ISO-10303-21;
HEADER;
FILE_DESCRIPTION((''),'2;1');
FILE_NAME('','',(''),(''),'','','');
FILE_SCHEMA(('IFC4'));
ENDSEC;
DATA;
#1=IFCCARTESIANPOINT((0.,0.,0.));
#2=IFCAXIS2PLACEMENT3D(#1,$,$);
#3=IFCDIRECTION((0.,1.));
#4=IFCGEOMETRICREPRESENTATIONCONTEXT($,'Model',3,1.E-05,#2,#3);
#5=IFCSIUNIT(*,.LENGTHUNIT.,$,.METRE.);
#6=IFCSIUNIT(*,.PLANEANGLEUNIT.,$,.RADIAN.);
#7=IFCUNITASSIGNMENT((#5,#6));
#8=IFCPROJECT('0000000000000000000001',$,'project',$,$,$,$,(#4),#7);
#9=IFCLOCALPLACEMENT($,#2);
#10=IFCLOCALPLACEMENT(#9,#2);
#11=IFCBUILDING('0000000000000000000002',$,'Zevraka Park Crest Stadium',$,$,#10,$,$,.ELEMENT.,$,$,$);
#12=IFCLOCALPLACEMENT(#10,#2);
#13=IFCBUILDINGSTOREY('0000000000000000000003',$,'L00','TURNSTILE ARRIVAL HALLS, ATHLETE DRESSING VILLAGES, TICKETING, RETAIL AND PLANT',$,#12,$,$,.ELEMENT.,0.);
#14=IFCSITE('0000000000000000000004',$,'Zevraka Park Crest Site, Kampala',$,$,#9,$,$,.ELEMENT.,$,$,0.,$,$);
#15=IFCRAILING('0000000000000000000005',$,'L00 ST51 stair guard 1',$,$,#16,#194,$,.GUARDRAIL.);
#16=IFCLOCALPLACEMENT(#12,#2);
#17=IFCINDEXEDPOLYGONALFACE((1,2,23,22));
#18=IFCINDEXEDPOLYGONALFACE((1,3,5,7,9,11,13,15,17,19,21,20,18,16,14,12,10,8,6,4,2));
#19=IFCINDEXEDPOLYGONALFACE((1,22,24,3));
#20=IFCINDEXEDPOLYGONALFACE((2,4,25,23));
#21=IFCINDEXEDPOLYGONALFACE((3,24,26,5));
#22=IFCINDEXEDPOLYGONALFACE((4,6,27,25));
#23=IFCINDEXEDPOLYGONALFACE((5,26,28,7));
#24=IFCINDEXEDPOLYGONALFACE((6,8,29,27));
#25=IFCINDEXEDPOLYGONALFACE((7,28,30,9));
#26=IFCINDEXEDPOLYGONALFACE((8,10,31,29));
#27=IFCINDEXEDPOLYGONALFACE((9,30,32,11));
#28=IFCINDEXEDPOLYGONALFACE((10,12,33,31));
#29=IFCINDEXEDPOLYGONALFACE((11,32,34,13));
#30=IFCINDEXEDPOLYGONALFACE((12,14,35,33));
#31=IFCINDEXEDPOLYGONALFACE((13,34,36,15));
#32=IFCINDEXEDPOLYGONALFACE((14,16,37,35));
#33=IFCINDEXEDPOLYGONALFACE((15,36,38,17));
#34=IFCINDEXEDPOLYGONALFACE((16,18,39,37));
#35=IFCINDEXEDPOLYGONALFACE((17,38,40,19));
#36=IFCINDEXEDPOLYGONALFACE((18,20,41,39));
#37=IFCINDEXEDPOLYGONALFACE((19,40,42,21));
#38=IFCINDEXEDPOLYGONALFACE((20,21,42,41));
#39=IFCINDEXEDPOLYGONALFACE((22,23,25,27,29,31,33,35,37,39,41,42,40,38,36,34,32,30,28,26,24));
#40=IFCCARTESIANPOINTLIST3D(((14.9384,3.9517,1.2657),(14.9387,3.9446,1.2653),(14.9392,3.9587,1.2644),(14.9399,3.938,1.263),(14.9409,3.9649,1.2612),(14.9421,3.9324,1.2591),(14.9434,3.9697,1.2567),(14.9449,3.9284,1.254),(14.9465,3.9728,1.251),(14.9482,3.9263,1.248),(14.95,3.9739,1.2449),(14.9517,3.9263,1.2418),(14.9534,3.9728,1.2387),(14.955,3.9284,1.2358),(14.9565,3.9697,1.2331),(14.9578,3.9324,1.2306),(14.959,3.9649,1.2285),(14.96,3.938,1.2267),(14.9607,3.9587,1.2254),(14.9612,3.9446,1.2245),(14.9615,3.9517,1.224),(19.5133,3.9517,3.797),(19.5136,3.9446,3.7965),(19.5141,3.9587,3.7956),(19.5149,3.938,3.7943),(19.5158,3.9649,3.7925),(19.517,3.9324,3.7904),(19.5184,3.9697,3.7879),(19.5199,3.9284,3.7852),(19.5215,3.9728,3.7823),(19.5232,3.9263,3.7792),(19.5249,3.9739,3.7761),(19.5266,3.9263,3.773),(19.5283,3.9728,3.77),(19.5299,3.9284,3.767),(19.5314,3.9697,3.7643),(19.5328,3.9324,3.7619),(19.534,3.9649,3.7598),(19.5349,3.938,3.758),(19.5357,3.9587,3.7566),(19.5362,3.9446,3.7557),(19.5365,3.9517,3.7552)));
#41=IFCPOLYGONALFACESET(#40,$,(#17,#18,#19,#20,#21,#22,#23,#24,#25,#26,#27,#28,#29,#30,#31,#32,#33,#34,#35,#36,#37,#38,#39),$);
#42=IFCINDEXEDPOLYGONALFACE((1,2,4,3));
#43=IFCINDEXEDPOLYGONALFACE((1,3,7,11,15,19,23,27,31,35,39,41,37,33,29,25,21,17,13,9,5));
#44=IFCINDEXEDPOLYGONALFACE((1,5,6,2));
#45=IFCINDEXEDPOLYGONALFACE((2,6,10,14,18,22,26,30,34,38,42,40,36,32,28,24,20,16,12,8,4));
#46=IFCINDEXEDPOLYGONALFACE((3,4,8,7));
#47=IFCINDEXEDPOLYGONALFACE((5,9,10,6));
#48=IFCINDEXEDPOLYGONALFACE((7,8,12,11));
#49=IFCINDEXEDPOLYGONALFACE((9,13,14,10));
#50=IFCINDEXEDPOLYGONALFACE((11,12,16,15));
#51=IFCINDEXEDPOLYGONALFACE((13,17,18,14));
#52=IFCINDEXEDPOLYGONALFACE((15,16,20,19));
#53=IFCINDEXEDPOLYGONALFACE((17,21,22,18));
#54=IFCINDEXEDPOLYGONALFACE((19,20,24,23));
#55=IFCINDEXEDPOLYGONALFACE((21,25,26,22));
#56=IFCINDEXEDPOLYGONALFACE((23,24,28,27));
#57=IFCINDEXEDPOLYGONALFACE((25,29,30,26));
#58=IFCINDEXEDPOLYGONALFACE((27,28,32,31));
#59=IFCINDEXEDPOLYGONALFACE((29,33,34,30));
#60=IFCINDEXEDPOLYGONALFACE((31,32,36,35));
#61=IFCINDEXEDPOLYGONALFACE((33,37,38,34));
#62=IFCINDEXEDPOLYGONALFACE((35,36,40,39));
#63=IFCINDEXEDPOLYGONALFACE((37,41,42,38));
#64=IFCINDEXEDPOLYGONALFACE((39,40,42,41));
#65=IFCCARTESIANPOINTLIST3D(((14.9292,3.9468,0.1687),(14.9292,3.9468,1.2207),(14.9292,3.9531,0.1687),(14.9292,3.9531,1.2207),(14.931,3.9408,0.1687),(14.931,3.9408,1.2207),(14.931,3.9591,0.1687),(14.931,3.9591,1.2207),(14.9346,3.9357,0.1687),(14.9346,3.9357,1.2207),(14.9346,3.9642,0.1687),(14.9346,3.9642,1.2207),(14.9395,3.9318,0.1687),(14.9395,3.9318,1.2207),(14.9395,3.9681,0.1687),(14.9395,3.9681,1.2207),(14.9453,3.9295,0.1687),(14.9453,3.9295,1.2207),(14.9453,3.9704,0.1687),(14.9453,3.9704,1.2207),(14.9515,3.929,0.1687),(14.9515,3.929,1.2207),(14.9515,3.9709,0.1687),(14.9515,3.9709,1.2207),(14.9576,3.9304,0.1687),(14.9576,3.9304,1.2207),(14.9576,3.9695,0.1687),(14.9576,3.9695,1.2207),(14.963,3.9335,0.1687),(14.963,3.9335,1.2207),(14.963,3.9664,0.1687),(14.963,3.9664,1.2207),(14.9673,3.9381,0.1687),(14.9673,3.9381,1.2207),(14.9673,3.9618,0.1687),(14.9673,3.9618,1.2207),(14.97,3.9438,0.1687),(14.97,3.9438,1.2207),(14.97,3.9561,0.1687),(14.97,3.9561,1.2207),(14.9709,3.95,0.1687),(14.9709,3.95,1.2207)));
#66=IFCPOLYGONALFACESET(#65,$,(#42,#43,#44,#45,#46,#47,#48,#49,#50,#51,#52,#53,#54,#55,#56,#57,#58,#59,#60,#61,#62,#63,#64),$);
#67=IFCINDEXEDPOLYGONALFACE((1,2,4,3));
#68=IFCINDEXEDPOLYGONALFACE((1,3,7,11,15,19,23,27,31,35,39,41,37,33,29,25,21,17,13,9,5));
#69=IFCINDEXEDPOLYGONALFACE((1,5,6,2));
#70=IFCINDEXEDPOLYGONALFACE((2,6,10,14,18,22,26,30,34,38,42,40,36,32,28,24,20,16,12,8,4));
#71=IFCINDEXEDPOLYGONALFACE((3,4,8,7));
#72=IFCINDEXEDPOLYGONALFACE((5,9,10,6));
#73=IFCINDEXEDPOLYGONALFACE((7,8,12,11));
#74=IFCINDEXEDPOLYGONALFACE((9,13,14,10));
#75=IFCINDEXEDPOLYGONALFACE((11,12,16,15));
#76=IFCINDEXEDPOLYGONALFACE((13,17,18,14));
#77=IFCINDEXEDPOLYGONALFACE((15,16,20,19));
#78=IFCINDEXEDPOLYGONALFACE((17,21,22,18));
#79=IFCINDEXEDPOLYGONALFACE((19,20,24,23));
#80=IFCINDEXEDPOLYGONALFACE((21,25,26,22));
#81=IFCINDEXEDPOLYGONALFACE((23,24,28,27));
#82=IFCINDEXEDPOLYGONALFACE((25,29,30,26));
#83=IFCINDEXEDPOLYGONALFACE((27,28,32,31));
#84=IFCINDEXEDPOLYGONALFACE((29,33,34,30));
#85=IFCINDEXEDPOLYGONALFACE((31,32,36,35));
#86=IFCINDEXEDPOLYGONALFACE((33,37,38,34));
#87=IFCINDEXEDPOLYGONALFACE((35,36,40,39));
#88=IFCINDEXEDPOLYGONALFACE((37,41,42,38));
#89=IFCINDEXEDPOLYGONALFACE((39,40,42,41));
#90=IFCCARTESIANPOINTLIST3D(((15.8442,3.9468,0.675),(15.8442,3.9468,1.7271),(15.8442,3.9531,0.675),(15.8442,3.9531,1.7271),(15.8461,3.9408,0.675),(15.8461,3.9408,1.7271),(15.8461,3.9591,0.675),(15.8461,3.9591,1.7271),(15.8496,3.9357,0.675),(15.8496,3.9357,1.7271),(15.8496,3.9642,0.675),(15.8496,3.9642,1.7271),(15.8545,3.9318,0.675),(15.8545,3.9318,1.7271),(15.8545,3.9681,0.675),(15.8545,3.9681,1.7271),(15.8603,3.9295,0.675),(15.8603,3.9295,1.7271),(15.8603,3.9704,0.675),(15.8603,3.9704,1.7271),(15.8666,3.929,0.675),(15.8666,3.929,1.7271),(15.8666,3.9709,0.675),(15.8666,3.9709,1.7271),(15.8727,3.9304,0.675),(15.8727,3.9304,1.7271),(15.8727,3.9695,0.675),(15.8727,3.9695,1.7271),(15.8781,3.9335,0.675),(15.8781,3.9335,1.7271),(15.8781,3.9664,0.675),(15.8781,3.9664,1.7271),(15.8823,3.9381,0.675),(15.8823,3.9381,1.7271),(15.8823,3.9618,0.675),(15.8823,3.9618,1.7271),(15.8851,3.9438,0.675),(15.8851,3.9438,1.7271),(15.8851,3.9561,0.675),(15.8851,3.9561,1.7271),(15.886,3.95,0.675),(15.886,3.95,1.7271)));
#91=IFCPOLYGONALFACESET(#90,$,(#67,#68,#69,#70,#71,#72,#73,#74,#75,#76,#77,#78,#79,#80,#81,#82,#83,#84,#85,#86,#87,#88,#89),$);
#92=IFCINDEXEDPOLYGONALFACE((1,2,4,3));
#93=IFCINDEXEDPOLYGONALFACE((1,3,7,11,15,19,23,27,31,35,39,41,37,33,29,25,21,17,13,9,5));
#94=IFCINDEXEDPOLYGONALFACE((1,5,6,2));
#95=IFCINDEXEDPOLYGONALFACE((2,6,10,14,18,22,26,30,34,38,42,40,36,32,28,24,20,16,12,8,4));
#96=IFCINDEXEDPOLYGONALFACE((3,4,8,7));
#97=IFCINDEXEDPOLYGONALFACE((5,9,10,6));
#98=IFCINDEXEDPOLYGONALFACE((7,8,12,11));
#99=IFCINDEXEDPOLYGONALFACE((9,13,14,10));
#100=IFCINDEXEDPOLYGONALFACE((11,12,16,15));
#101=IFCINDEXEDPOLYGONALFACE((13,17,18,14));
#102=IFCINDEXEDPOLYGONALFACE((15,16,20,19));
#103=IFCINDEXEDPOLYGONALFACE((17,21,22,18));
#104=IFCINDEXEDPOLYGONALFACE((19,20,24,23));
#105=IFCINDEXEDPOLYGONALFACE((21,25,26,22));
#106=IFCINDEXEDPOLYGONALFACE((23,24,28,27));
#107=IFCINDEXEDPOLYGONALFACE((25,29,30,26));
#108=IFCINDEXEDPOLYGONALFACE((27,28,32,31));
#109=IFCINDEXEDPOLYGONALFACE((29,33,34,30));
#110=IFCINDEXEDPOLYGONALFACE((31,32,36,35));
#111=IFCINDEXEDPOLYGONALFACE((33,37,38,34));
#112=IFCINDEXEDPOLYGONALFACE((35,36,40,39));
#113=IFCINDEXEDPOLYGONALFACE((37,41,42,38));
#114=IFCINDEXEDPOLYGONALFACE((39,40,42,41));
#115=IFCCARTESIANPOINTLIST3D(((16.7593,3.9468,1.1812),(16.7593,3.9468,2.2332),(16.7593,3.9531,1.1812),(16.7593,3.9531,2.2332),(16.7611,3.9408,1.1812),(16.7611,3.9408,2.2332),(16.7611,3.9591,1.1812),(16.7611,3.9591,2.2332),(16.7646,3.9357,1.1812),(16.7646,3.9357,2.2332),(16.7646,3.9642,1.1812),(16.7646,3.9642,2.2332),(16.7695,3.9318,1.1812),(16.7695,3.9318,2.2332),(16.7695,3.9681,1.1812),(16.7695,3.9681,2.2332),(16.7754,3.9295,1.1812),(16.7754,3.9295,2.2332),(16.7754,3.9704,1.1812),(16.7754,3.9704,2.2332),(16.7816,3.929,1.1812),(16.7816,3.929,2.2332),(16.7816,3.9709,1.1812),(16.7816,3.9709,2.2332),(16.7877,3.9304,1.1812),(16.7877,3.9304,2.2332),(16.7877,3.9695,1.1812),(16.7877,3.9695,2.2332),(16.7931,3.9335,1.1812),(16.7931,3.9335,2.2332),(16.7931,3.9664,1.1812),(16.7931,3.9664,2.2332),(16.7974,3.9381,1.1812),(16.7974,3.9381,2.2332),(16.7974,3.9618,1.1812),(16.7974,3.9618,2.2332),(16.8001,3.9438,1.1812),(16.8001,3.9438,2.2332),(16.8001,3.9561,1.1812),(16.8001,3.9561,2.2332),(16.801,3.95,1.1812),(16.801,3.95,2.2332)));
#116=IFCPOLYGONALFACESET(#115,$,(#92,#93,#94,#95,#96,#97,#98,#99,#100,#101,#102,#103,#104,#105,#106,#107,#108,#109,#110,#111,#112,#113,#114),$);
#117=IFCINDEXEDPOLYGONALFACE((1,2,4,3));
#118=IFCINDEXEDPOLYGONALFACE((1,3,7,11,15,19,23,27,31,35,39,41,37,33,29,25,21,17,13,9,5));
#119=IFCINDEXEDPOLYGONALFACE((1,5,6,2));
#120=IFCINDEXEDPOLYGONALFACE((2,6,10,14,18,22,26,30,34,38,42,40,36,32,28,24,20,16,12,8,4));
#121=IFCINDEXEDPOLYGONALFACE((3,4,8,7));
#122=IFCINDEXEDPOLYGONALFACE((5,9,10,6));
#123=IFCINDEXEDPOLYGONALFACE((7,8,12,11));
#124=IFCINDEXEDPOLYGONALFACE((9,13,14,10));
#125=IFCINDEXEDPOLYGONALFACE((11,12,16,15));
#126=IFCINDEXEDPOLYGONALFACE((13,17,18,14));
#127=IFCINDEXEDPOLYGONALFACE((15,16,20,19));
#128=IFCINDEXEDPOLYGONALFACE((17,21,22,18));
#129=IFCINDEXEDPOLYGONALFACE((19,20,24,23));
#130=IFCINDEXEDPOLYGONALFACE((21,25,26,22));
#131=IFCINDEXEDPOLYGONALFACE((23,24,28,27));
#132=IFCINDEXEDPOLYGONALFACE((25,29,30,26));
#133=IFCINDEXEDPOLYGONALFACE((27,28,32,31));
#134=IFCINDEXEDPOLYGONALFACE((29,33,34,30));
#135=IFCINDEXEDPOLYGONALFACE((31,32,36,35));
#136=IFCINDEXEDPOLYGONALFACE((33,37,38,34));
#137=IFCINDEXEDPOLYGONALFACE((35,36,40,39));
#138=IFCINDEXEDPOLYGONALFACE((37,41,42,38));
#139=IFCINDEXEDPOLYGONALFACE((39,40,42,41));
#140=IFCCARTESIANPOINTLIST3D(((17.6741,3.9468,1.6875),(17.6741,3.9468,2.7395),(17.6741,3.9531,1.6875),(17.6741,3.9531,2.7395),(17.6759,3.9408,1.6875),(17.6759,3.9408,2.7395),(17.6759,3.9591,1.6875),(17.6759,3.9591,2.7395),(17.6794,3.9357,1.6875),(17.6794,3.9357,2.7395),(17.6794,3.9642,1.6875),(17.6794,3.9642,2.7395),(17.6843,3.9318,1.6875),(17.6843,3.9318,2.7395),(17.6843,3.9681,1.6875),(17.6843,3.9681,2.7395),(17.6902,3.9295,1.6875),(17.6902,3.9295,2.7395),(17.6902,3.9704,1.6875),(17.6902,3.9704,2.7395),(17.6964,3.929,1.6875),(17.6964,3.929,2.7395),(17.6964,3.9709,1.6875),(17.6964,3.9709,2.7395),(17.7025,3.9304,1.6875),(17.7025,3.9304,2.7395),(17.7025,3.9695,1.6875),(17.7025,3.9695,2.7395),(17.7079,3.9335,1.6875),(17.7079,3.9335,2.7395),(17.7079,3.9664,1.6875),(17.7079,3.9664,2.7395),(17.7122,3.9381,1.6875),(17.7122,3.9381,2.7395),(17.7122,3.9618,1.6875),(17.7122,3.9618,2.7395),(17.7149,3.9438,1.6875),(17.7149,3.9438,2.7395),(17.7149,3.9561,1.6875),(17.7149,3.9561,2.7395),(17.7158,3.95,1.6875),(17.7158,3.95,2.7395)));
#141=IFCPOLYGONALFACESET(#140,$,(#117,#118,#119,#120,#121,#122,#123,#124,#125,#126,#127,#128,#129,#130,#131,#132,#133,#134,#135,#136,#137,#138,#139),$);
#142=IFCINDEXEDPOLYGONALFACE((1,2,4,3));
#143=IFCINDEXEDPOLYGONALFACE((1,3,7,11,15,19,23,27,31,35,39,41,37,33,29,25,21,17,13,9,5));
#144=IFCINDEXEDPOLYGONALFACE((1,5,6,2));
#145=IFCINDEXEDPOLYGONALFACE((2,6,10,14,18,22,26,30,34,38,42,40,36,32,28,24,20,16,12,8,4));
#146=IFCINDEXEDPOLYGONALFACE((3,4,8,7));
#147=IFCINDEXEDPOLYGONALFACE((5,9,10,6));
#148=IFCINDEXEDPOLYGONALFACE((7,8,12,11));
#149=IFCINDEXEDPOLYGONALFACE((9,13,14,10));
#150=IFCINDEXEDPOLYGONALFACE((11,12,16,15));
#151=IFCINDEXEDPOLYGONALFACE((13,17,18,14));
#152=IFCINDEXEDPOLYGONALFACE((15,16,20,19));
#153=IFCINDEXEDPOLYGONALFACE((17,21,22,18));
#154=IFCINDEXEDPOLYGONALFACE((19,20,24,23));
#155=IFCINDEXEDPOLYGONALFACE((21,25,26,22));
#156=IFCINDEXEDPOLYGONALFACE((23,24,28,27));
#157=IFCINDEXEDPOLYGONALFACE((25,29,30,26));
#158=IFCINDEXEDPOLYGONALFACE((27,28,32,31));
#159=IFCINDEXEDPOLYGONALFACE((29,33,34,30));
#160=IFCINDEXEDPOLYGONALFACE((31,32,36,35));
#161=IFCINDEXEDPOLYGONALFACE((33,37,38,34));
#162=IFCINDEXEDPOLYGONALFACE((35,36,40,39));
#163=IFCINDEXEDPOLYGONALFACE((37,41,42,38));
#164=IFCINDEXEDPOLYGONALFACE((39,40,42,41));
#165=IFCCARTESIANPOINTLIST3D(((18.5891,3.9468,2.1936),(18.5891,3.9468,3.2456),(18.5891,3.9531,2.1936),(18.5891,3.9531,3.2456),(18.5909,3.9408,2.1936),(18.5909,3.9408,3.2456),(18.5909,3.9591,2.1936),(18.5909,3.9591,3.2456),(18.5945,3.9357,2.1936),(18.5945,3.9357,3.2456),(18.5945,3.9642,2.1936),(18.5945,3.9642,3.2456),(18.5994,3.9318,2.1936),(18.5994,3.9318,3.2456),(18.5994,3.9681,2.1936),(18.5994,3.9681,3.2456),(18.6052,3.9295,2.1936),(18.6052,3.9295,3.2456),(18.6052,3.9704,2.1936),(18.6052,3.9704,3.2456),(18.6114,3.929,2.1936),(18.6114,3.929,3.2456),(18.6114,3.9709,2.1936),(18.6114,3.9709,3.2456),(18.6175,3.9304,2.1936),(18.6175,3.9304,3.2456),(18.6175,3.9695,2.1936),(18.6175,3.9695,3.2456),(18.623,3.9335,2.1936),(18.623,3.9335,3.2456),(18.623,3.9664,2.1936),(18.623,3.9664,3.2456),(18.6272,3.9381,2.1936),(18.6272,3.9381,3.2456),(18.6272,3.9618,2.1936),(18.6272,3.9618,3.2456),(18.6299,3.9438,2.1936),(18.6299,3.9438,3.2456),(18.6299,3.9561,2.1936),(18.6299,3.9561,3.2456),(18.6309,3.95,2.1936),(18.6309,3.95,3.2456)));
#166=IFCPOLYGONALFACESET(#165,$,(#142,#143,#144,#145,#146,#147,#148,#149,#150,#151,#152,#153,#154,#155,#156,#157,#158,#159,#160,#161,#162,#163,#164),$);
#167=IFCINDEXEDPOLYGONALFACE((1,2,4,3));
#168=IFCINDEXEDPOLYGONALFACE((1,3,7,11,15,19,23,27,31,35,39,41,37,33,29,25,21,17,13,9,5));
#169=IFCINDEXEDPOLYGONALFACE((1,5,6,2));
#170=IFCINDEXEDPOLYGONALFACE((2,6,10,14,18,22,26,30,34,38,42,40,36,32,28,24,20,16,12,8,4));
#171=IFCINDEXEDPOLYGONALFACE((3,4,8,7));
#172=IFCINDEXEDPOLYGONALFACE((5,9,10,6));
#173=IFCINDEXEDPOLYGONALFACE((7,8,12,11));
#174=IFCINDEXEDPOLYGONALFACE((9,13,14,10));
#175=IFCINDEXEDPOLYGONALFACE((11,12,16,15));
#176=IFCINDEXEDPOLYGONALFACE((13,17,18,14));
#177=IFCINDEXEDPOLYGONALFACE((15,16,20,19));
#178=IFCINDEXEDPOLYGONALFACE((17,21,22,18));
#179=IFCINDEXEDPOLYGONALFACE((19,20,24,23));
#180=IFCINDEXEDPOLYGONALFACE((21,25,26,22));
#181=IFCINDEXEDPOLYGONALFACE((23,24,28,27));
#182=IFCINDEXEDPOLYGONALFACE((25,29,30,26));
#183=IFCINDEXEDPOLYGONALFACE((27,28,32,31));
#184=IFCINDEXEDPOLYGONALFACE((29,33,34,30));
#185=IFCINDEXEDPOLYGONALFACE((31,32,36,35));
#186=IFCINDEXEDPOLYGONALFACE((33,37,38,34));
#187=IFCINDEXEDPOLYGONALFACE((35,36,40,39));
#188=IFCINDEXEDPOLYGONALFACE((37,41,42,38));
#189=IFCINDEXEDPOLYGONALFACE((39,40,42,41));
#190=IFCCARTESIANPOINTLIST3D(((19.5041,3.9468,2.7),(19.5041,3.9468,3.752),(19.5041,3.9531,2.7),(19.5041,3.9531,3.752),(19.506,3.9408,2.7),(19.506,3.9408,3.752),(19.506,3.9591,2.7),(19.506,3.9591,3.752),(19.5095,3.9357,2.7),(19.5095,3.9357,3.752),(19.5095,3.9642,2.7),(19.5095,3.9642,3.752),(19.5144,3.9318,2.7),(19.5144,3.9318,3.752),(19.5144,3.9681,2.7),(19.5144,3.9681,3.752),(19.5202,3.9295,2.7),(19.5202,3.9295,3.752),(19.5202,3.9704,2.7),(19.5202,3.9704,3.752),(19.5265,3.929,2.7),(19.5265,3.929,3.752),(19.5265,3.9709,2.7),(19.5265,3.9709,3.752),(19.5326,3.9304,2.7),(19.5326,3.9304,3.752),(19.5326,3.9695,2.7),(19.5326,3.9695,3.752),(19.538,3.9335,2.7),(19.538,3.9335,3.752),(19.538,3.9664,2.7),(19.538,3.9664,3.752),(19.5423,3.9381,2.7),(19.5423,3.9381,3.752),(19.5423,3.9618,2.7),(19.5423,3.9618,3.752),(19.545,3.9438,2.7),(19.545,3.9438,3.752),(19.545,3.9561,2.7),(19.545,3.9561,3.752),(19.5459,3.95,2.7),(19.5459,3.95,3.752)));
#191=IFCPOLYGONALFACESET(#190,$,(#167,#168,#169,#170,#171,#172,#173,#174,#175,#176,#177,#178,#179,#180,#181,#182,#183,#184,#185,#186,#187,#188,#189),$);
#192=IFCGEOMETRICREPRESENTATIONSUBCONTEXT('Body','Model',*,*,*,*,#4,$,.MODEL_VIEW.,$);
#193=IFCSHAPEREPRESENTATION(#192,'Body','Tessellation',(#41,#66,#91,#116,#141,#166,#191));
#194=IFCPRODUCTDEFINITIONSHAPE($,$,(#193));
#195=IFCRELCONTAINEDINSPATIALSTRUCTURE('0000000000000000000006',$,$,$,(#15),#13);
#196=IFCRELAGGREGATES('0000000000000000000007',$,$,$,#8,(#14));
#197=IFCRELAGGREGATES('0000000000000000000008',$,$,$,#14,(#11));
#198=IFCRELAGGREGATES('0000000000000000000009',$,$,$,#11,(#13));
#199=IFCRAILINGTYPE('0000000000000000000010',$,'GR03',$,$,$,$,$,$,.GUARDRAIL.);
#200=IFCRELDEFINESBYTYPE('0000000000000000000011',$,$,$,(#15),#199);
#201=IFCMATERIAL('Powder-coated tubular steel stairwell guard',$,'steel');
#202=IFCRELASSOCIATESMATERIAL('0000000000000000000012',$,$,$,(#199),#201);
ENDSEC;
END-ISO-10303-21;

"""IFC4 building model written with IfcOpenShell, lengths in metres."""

from ifc_helpers import new_model, si_unit, direction, frame, origin, origin_2d, place, context, subcontext, project, spatial, circle, extrude, material, type_object, element, save


model = new_model("IFC4")

# Units and contexts
model_context = context("Model", 3, precision=1e-05, world=origin(), true_north=direction((0.0, 1.0)))
body_context = subcontext(model_context, "Body", "Model", "MODEL_VIEW")
ifc_project = project(units=[si_unit("LENGTHUNIT", "METRE"), si_unit("PLANEANGLEUNIT", "RADIAN")], contexts=[model_context])

# Site, building, storey
site_placement = place(None, origin())
site = spatial("IfcSite", under=ifc_project, at=site_placement, Name="Zevraka Park Crest Site, Kampala", CompositionType="ELEMENT", RefElevation=0.0)
building_placement = place(site_placement, origin())
building = spatial("IfcBuilding", under=site, at=building_placement, Name="Zevraka Park Crest Stadium", CompositionType="ELEMENT")
storey_placement = place(building_placement, origin())
storey = spatial("IfcBuildingStorey", under=building, at=storey_placement, Name="L00", Description="TURNSTILE ARRIVAL HALLS, ATHLETE DRESSING VILLAGES, TICKETING, RETAIL AND PLANT", CompositionType="ELEMENT", Elevation=0.0)

# Railing
ifc_material_1 = material(Name="Powder-coated tubular steel stairwell guard", Category="steel")
railing_type_1 = type_object("IfcRailingType", Name="GR03", PredefinedType="GUARDRAIL", material=ifc_material_1)
railing_1_placement = place(storey_placement, frame((14.95, 3.95, 0.1687)))
element("IfcRailing", 1, at=railing_1_placement, inside=storey, type_object=railing_type_1, Name="L00 ST51 stair guard 1", PredefinedType="GUARDRAIL", context=body_context, shape_type="SweptSolid", body=[
    extrude(circle(Radius=0.0239, at=origin_2d()), frame((0.0, 0.0, 1.0762), z_axis=(0.875, 0.0, 0.484124), x_axis=(0.0, 1.0, 0.0)), (0.0, 0.0, 1.0), 5.2285),
    extrude(circle(Radius=0.021, at=origin_2d()), origin(), (0.0, 0.0, 1.0), 1.052),
    extrude(circle(Radius=0.021, at=origin_2d()), frame((0.915, 0.0, 0.5063)), (0.0, 0.0, 1.0), 1.052),
    extrude(circle(Radius=0.021, at=origin_2d()), frame((1.8301, 0.0, 1.0125)), (0.0, 0.0, 1.0), 1.052),
    extrude(circle(Radius=0.021, at=origin_2d()), frame((2.7449, 0.0, 1.5188)), (0.0, 0.0, 1.0), 1.052),
    extrude(circle(Radius=0.021, at=origin_2d()), frame((3.6599, 0.0, 2.0249)), (0.0, 0.0, 1.0), 1.052),
    extrude(circle(Radius=0.021, at=origin_2d()), frame((4.575, 0.0, 2.5312)), (0.0, 0.0, 1.0), 1.052),
])

save(model, "model.ifc")
